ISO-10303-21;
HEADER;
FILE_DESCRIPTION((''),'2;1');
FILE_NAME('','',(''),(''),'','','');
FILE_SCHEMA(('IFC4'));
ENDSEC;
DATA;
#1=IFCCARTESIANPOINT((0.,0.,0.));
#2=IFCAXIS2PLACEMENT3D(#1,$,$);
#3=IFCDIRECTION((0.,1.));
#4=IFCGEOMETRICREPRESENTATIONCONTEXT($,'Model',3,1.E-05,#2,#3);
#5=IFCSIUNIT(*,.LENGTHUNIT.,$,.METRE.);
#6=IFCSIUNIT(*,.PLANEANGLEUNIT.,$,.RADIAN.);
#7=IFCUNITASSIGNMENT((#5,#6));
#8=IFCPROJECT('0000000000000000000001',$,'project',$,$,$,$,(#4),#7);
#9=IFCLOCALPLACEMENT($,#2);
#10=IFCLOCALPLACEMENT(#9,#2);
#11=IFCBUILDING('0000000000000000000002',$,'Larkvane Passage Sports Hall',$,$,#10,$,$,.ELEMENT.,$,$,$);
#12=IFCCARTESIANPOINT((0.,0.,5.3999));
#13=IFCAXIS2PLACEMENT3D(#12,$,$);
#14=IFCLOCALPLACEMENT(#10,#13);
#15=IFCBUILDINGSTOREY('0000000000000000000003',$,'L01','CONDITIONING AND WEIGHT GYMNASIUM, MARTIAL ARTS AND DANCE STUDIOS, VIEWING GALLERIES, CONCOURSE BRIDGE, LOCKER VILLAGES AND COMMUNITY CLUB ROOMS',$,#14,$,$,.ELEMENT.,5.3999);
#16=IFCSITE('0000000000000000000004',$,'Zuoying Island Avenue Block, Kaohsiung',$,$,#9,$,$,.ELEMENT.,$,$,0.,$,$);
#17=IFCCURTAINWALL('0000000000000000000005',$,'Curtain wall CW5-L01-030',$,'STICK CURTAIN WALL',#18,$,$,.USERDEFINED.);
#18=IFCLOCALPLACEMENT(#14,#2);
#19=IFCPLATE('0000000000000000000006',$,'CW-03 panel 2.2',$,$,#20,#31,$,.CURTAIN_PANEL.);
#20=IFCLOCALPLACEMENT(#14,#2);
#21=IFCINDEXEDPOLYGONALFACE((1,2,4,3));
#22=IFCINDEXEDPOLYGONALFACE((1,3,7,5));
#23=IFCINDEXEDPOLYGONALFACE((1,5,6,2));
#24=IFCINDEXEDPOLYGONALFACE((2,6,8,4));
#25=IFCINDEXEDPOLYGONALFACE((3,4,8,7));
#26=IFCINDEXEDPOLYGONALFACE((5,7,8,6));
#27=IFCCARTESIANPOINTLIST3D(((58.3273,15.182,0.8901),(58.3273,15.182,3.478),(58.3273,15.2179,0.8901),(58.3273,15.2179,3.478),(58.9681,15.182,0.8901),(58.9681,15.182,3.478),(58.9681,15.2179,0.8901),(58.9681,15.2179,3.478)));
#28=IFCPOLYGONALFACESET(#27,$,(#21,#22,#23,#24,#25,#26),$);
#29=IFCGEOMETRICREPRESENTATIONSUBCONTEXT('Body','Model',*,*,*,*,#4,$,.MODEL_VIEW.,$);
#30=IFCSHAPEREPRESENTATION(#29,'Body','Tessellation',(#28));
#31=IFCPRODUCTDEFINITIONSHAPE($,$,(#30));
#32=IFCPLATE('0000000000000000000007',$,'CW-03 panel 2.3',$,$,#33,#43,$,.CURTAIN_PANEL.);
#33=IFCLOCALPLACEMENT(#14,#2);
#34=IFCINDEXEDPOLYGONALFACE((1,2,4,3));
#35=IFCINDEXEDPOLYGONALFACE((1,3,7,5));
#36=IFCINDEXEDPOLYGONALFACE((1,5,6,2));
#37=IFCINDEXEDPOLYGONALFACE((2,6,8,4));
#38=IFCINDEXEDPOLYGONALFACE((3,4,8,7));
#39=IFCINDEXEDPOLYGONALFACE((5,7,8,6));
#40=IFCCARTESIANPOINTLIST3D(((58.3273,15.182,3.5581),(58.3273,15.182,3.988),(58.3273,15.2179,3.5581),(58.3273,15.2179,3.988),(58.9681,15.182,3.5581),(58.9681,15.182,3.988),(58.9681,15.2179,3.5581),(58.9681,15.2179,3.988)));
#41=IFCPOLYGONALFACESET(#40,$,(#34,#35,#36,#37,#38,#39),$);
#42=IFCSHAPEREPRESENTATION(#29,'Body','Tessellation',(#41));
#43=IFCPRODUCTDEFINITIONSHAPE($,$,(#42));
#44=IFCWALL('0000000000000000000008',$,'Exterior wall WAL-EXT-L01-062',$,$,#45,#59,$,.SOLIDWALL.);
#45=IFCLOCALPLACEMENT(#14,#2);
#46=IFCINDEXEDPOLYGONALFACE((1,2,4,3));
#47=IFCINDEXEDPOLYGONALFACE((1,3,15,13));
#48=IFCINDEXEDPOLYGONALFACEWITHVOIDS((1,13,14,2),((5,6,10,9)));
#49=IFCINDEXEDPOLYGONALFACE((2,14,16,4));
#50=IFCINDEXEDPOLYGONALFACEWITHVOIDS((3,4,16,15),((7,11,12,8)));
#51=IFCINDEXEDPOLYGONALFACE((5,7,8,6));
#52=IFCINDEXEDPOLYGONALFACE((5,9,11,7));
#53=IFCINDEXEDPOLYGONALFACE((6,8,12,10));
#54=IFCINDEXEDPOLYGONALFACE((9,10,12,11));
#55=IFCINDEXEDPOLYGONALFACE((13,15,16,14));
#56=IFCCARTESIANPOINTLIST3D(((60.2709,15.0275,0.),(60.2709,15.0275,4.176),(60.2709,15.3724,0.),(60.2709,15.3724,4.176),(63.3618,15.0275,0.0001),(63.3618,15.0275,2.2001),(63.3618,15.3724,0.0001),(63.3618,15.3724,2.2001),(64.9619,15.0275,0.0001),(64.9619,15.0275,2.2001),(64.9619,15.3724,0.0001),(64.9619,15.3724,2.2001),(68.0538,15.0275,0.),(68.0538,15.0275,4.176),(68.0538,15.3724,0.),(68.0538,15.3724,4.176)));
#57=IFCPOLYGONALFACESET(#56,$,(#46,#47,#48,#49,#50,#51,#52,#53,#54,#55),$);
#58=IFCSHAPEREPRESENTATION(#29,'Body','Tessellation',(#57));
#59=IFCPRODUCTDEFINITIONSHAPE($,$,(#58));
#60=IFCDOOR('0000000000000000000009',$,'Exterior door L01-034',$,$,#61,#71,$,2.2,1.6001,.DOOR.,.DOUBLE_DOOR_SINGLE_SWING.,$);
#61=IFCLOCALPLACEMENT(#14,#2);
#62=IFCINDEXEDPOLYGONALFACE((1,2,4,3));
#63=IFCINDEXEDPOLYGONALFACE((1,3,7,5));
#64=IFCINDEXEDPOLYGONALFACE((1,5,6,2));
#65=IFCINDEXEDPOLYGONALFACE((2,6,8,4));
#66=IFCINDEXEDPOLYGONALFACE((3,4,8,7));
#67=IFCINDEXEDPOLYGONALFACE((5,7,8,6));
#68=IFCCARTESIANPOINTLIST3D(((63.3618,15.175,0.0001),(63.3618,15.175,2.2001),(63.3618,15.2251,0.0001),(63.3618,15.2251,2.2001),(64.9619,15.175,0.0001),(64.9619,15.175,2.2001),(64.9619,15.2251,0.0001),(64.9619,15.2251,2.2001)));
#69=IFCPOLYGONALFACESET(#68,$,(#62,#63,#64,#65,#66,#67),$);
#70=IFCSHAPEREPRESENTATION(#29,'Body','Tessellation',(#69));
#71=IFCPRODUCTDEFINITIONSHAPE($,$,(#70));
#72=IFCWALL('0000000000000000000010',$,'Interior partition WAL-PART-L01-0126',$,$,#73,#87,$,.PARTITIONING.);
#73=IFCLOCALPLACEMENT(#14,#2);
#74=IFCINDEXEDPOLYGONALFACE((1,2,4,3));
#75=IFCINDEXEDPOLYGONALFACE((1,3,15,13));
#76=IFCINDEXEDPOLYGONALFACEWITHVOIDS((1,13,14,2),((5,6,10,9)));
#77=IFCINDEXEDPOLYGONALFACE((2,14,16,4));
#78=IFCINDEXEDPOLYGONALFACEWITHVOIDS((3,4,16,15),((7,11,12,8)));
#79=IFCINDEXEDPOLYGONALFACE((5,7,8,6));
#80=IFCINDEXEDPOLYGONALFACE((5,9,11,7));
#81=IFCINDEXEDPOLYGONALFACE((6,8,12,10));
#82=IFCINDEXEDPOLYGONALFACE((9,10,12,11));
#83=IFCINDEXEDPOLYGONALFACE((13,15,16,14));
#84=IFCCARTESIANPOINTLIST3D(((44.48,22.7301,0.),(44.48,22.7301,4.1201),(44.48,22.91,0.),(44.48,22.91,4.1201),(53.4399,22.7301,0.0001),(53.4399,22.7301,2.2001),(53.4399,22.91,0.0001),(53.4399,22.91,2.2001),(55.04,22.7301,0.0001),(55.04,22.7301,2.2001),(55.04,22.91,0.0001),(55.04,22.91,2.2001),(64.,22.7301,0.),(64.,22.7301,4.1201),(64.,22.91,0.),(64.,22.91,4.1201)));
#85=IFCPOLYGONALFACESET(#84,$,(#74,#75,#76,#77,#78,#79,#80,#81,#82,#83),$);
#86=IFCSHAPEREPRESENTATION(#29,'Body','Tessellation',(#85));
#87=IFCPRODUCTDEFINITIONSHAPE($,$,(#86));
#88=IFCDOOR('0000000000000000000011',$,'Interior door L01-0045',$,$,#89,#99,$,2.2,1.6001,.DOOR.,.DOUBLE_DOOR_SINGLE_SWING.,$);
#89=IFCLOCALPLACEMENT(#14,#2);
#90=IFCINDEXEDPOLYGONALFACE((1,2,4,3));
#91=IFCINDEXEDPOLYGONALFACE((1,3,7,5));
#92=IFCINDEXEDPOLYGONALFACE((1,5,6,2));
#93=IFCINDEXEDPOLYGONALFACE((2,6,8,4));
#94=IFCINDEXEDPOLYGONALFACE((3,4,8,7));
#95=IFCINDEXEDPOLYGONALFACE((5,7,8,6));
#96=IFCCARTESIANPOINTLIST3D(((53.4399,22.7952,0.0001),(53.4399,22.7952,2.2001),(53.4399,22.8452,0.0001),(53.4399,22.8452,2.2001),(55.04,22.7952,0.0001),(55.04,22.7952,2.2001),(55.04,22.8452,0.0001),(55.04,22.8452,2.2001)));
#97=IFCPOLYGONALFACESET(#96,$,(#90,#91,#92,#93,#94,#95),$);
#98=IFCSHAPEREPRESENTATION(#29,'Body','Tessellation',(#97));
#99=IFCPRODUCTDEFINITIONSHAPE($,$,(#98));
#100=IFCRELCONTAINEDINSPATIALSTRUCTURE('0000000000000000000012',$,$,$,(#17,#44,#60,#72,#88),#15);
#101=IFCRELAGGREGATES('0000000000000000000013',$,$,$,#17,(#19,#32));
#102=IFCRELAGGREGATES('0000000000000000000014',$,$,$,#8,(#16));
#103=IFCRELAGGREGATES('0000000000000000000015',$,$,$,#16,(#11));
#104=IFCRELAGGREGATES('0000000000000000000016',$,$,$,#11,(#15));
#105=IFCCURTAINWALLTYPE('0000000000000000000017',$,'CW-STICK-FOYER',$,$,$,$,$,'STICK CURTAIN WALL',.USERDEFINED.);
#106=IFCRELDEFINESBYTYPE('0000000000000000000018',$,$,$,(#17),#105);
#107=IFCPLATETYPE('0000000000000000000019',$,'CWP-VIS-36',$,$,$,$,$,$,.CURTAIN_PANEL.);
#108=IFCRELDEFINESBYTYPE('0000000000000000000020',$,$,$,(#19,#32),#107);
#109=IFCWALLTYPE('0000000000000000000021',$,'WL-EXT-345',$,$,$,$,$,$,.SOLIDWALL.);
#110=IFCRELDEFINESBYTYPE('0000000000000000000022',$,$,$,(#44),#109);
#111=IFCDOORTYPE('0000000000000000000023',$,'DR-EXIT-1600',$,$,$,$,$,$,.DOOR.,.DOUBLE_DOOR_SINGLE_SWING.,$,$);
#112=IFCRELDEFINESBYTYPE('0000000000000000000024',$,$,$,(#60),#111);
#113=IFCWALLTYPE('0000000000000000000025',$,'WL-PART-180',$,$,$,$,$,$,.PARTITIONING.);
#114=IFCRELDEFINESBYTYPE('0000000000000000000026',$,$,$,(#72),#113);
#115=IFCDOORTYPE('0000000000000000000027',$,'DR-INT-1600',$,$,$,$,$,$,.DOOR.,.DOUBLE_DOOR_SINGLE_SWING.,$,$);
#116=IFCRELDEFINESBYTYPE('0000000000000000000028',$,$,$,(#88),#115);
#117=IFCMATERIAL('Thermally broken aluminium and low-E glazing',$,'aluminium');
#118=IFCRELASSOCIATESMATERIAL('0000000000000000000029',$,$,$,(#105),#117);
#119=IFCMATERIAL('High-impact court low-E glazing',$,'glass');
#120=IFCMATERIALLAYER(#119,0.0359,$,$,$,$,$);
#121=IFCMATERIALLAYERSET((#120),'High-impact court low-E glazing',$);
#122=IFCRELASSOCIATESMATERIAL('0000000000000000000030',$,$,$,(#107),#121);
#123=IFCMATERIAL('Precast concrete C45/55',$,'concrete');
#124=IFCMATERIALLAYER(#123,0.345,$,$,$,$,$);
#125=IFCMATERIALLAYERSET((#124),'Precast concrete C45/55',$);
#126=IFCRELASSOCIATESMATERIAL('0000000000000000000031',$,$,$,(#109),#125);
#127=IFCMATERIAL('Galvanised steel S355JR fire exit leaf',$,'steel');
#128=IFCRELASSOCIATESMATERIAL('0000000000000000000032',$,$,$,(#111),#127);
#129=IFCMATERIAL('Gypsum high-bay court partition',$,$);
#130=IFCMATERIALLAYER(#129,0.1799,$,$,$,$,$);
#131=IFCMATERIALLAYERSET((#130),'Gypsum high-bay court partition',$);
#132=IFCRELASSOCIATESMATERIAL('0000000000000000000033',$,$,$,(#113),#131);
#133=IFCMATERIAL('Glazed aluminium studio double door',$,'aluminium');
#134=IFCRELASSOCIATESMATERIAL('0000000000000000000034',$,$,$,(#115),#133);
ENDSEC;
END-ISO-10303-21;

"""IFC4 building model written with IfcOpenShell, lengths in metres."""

from ifc_helpers import new_model, si_unit, direction, frame, frame_2d, origin, origin_2d, place, context, subcontext, project, spatial, rectangle, extrude, material, layer, layer_set, type_object, element, fill, aggregate, save


model = new_model("IFC4")

# Units and contexts
model_context = context("Model", 3, precision=1e-05, world=origin(), true_north=direction((0.0, 1.0)))
body_context = subcontext(model_context, "Body", "Model", "MODEL_VIEW")
ifc_project = project(units=[si_unit("LENGTHUNIT", "METRE"), si_unit("PLANEANGLEUNIT", "RADIAN")], contexts=[model_context])

# Site, building, storey
site_placement = place(None, origin())
site = spatial("IfcSite", under=ifc_project, at=site_placement, Name="Zuoying Island Avenue Block, Kaohsiung", CompositionType="ELEMENT", RefElevation=0.0)
building_placement = place(site_placement, origin())
building = spatial("IfcBuilding", under=site, at=building_placement, Name="Larkvane Passage Sports Hall", CompositionType="ELEMENT")
storey_placement = place(building_placement, frame((0.0, 0.0, 5.3999)))
storey = spatial("IfcBuildingStorey", under=building, at=storey_placement, Name="L01", Description="CONDITIONING AND WEIGHT GYMNASIUM, MARTIAL ARTS AND DANCE STUDIOS, VIEWING GALLERIES, CONCOURSE BRIDGE, LOCKER VILLAGES AND COMMUNITY CLUB ROOMS", CompositionType="ELEMENT", Elevation=5.3999)

# Curtain wall
ifc_material_1 = material(Name="Thermally broken aluminium and low-E glazing", Category="aluminium")
curtain_wall_type = type_object("IfcCurtainWallType", Name="CW-STICK-FOYER", ElementType="STICK CURTAIN WALL", PredefinedType="USERDEFINED", material=ifc_material_1)
curtain_wall_placement = place(storey_placement, origin())
curtain_wall = element("IfcCurtainWall", 1, at=curtain_wall_placement, inside=storey, type_object=curtain_wall_type, Name="Curtain wall CW5-L01-030", ObjectType="STICK CURTAIN WALL", PredefinedType="USERDEFINED")

# Plates
ifc_material_2 = material(Name="High-impact court low-E glazing", Category="glass")
ifc_layer_1 = layer(ifc_material_2, 0.0359)
ifc_layer_set_1 = layer_set([ifc_layer_1], Name="High-impact court low-E glazing")
plate_type_1 = type_object("IfcPlateType", Name="CWP-VIS-36", PredefinedType="CURTAIN_PANEL", material=ifc_layer_set_1)
plate_1_placement = place(storey_placement, frame((58.6477, 15.2, 0.8901), z_axis=(0.0, 0.0, 1.0), x_axis=(-1.0, 0.0, 0.0)))
plate_1 = element("IfcPlate", 2, at=plate_1_placement, type_object=plate_type_1, Name="CW-03 panel 2.2", PredefinedType="CURTAIN_PANEL", context=body_context, shape_type="SweptSolid", body=[
    extrude(rectangle(XDim=0.6409, YDim=0.0359, at=origin_2d()), origin(), (0.0, 0.0, 1.0), 2.5879),
])
plate_2_placement = place(storey_placement, frame((58.6477, 15.2, 3.5581), z_axis=(0.0, 0.0, 1.0), x_axis=(-1.0, 0.0, 0.0)))
plate_2 = element("IfcPlate", 3, at=plate_2_placement, type_object=plate_type_1, Name="CW-03 panel 2.3", PredefinedType="CURTAIN_PANEL", context=body_context, shape_type="SweptSolid", body=[
    extrude(rectangle(XDim=0.6409, YDim=0.0359, at=origin_2d()), origin(), (0.0, 0.0, 1.0), 0.4299),
])
aggregate(curtain_wall, [plate_1, plate_2])

# Walls, openings, doors
ifc_material_3 = material(Name="Precast concrete C45/55", Category="concrete")
ifc_layer_2 = layer(ifc_material_3, 0.345)
ifc_layer_set_2 = layer_set([ifc_layer_2], Name="Precast concrete C45/55")
wall_type_1 = type_object("IfcWallType", Name="WL-EXT-345", PredefinedType="SOLIDWALL", material=ifc_layer_set_2)
wall_1_placement = place(storey_placement, frame((68.054, 15.2, 0.0), z_axis=(0.0, 0.0, 1.0), x_axis=(-1.0, 0.0, 0.0)))
wall_1 = element("IfcWall", 4, at=wall_1_placement, inside=storey, type_object=wall_type_1, Name="Exterior wall WAL-EXT-L01-062", PredefinedType="SOLIDWALL", context=body_context, shape_type="SweptSolid", body=[
    extrude(rectangle(XDim=7.783, YDim=0.345, at=frame_2d((3.8916, 0.0))), origin(), (0.0, 0.0, 1.0), 4.176),
])
opening_1_placement = place(wall_1_placement, frame((3.092, 0.0, 0.0)))
opening_1 = element("IfcOpeningElement", 5, at=opening_1_placement, cuts=wall_1, PredefinedType="OPENING", context=body_context, shape_type="SweptSolid", body=[
    extrude(rectangle(XDim=1.6001, YDim=2.2, at=frame_2d((0.8, 1.1001))), frame((0.0, 0.1824, 0.0), z_axis=(0.0, -1.0, 0.0), x_axis=(1.0, 0.0, 0.0)), (0.0, 0.0, 1.0), 0.365),
])
ifc_material_4 = material(Name="Galvanised steel S355JR fire exit leaf", Category="steel")
door_type_1 = type_object("IfcDoorType", Name="DR-EXIT-1600", OperationType="DOUBLE_DOOR_SINGLE_SWING", PredefinedType="DOOR", material=ifc_material_4)
door_1_placement = place(opening_1_placement, origin())
door_1 = element("IfcDoor", 6, at=door_1_placement, inside=storey, type_object=door_type_1, Name="Exterior door L01-034", OperationType="DOUBLE_DOOR_SINGLE_SWING", OverallHeight=2.2, OverallWidth=1.6001, PredefinedType="DOOR", context=body_context, shape_type="SweptSolid", body=[
    extrude(rectangle(XDim=1.6001, YDim=2.2, at=frame_2d((0.8, 1.1001))), frame((0.0, 0.0249, 0.0), z_axis=(0.0, -1.0, 0.0), x_axis=(1.0, 0.0, 0.0)), (0.0, 0.0, 1.0), 0.05),
])
fill(opening_1, door_1)
ifc_material_5 = material(Name="Gypsum high-bay court partition")
ifc_layer_3 = layer(ifc_material_5, 0.1799)
ifc_layer_set_3 = layer_set([ifc_layer_3], Name="Gypsum high-bay court partition")
wall_type_2 = type_object("IfcWallType", Name="WL-PART-180", PredefinedType="PARTITIONING", material=ifc_layer_set_3)
wall_2_placement = place(storey_placement, frame((64.0, 22.8201, 0.0), z_axis=(0.0, 0.0, 1.0), x_axis=(-1.0, 0.0, 0.0)))
wall_2 = element("IfcWall", 7, at=wall_2_placement, inside=storey, type_object=wall_type_2, Name="Interior partition WAL-PART-L01-0126", PredefinedType="PARTITIONING", context=body_context, shape_type="SweptSolid", body=[
    extrude(rectangle(XDim=19.52, YDim=0.1799, at=frame_2d((9.76, 0.0))), origin(), (0.0, 0.0, 1.0), 4.1201),
])
opening_2_placement = place(wall_2_placement, frame((8.96, 0.0, 0.0)))
opening_2 = element("IfcOpeningElement", 8, at=opening_2_placement, cuts=wall_2, PredefinedType="OPENING", context=body_context, shape_type="SweptSolid", body=[
    extrude(rectangle(XDim=1.6001, YDim=2.2, at=frame_2d((0.8, 1.1001))), frame((0.0, 0.0999, 0.0), z_axis=(0.0, -1.0, 0.0), x_axis=(1.0, 0.0, 0.0)), (0.0, 0.0, 1.0), 0.2),
])
ifc_material_6 = material(Name="Glazed aluminium studio double door", Category="aluminium")
door_type_2 = type_object("IfcDoorType", Name="DR-INT-1600", OperationType="DOUBLE_DOOR_SINGLE_SWING", PredefinedType="DOOR", material=ifc_material_6)
door_2_placement = place(opening_2_placement, origin())
door_2 = element("IfcDoor", 9, at=door_2_placement, inside=storey, type_object=door_type_2, Name="Interior door L01-0045", OperationType="DOUBLE_DOOR_SINGLE_SWING", OverallHeight=2.2, OverallWidth=1.6001, PredefinedType="DOOR", context=body_context, shape_type="SweptSolid", body=[
    extrude(rectangle(XDim=1.6001, YDim=2.2, at=frame_2d((0.8, 1.1001))), frame((0.0, 0.0249, 0.0), z_axis=(0.0, -1.0, 0.0), x_axis=(1.0, 0.0, 0.0)), (0.0, 0.0, 1.0), 0.05),
])
fill(opening_2, door_2)

save(model, "model.ifc")
